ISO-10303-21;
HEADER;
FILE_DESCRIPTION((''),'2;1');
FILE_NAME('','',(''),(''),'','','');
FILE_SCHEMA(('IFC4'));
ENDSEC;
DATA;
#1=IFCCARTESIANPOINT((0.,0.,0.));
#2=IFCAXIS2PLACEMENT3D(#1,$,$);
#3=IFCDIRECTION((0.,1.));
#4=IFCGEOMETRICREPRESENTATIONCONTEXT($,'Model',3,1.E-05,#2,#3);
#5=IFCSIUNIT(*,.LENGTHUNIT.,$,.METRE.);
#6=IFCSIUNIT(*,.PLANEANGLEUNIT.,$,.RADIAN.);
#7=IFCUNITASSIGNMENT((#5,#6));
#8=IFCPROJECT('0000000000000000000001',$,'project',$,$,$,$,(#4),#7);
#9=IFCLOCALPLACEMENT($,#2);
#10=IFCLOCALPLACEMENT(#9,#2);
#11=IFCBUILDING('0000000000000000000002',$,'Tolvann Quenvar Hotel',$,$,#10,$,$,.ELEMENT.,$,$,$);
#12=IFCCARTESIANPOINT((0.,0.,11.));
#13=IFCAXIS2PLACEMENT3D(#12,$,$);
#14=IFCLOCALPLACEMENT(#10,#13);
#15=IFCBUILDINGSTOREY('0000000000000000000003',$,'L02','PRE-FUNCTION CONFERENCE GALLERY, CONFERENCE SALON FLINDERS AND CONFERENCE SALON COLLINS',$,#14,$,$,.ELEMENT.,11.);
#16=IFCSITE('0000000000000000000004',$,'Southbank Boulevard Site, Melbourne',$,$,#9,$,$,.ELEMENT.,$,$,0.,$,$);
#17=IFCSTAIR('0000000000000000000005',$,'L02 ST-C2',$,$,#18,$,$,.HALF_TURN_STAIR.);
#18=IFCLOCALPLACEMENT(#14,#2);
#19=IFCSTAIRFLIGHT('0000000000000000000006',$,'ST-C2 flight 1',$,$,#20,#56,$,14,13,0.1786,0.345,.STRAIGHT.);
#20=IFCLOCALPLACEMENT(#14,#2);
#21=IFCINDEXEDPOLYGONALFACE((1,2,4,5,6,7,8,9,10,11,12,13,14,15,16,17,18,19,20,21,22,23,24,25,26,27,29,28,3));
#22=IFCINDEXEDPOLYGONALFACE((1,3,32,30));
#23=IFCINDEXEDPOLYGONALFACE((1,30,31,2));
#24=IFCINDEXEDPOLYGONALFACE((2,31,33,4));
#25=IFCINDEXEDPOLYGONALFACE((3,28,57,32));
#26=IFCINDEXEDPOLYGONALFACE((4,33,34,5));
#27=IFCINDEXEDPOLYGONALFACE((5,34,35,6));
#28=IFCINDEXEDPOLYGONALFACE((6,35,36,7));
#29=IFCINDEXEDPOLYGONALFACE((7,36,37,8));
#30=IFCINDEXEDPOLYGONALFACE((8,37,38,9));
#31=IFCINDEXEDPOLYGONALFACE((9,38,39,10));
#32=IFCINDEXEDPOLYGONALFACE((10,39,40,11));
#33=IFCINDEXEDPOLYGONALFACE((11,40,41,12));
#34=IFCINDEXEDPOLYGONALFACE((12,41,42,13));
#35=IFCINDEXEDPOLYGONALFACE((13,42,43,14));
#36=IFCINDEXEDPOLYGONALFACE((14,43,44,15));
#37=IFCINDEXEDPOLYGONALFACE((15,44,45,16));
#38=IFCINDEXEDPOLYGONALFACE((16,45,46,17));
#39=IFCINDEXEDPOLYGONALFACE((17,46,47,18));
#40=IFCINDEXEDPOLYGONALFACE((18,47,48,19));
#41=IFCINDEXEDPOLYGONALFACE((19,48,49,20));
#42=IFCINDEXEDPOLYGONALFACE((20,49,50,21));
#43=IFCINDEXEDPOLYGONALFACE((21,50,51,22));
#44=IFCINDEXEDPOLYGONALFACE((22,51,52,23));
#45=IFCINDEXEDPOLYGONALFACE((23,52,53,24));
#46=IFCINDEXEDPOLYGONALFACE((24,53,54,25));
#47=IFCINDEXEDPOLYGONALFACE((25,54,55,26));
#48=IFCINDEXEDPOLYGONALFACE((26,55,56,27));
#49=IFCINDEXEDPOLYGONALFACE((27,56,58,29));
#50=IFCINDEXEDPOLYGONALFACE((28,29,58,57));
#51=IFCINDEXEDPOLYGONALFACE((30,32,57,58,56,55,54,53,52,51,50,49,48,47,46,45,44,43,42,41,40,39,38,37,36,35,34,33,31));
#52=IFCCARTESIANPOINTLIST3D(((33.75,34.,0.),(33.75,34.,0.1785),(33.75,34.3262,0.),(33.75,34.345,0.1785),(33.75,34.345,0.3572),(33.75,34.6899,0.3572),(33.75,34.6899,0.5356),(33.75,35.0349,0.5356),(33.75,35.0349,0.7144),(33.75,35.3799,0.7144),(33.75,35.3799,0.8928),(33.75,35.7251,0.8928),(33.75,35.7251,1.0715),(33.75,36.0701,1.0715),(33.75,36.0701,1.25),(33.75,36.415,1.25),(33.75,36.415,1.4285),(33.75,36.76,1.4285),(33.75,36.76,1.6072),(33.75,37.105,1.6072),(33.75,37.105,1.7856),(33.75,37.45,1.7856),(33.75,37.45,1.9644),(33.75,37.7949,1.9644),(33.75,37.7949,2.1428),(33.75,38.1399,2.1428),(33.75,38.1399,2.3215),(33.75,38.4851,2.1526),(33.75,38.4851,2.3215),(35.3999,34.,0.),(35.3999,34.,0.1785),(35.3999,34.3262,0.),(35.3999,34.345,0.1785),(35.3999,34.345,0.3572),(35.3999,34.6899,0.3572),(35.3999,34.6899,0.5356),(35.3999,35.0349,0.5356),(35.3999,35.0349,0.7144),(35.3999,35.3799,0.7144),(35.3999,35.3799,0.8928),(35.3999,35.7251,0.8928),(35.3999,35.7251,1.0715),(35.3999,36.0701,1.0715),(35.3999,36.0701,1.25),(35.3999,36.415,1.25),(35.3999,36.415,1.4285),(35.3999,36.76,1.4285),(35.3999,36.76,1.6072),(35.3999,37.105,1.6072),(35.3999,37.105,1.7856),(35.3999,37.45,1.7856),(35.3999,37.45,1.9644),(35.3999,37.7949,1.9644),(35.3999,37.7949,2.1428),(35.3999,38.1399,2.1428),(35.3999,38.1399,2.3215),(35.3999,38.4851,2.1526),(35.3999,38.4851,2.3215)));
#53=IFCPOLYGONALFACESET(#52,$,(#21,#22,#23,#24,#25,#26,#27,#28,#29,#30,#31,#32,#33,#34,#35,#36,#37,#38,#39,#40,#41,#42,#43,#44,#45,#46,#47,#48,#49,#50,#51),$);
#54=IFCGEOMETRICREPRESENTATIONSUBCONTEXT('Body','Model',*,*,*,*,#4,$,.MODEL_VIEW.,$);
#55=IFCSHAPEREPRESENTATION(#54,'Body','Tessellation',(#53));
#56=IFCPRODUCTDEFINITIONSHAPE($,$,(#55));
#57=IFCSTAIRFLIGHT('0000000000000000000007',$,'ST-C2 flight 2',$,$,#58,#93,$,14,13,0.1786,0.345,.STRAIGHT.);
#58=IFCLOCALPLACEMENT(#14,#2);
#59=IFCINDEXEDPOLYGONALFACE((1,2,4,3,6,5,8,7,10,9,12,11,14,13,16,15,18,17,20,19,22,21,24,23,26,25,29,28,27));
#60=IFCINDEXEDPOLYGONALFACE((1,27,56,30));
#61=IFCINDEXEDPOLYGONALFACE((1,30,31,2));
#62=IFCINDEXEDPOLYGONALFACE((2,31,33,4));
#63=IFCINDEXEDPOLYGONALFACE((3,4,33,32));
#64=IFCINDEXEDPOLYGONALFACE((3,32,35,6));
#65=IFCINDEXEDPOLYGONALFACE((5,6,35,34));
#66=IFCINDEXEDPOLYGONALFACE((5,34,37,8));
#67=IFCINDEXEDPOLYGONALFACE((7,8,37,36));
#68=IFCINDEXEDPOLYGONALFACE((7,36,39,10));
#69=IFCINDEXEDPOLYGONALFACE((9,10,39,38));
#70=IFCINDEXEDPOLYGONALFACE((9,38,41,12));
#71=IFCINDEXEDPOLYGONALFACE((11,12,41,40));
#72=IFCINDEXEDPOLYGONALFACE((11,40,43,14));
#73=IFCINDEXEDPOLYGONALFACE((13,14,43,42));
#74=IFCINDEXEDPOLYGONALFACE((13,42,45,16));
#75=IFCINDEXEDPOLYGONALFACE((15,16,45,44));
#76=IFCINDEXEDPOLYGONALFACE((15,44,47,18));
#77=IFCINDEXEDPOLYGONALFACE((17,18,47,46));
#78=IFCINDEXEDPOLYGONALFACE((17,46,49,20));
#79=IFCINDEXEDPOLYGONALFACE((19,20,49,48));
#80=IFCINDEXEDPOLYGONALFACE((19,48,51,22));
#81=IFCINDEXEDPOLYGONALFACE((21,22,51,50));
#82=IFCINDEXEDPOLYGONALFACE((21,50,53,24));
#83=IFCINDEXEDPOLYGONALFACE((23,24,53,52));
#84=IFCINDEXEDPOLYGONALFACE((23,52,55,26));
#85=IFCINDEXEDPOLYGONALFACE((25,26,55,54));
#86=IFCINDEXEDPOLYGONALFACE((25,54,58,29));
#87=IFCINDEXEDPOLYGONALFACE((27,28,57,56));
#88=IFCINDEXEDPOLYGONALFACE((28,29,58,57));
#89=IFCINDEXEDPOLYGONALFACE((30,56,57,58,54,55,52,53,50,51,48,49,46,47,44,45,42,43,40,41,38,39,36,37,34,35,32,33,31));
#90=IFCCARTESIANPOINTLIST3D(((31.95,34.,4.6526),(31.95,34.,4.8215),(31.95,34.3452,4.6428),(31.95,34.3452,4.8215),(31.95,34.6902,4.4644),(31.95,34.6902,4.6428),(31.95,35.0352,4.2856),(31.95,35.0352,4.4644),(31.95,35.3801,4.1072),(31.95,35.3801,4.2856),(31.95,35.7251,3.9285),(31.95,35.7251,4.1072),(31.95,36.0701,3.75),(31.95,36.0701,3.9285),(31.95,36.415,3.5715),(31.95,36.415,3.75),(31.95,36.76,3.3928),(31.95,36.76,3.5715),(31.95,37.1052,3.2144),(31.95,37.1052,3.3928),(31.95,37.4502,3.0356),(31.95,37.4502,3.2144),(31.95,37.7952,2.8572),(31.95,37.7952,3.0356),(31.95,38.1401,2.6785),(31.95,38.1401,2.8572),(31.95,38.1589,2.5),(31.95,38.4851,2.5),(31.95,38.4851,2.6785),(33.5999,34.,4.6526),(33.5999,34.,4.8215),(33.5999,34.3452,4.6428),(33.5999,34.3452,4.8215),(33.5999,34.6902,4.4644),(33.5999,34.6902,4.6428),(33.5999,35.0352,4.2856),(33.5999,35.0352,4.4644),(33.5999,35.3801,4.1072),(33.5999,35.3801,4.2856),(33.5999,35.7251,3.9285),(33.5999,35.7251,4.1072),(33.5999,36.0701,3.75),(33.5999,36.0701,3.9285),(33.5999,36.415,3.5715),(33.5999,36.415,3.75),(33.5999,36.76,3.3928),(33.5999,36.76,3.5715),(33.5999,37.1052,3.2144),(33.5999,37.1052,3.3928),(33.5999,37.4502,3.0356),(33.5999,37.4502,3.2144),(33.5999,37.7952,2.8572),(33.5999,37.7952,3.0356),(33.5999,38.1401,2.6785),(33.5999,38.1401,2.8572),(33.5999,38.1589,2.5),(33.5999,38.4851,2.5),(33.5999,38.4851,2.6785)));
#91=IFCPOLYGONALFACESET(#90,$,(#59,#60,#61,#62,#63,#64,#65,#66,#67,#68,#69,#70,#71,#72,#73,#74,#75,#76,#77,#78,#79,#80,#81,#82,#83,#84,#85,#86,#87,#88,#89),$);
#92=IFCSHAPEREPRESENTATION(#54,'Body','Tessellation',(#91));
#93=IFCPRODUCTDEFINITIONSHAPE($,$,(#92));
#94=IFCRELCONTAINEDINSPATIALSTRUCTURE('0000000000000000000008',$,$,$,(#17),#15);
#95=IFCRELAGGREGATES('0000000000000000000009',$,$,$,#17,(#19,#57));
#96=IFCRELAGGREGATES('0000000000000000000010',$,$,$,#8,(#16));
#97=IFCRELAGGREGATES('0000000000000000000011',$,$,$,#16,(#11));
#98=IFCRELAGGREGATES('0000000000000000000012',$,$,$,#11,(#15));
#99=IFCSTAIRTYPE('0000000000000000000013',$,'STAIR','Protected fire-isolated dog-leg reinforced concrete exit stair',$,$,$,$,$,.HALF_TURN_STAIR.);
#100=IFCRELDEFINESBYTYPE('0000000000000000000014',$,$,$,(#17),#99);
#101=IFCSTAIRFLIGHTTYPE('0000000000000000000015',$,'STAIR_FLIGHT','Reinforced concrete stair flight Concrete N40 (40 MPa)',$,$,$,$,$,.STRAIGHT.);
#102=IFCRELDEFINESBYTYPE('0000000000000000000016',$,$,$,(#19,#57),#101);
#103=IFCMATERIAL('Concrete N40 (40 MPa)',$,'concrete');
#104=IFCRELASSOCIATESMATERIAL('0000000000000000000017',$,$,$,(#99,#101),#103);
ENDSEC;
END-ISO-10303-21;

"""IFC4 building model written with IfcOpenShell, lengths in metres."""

from ifc_helpers import new_model, si_unit, direction, frame, origin, place, context, subcontext, project, spatial, polyline, outline, extrude, material, type_object, element, aggregate, save


model = new_model("IFC4")

# Units and contexts
model_context = context("Model", 3, precision=1e-05, world=origin(), true_north=direction((0.0, 1.0)))
body_context = subcontext(model_context, "Body", "Model", "MODEL_VIEW")
ifc_project = project(units=[si_unit("LENGTHUNIT", "METRE"), si_unit("PLANEANGLEUNIT", "RADIAN")], contexts=[model_context])

# Site, building, storey
site_placement = place(None, origin())
site = spatial("IfcSite", under=ifc_project, at=site_placement, Name="Southbank Boulevard Site, Melbourne", CompositionType="ELEMENT", RefElevation=0.0)
building_placement = place(site_placement, origin())
building = spatial("IfcBuilding", under=site, at=building_placement, Name="Tolvann Quenvar Hotel", CompositionType="ELEMENT")
storey_placement = place(building_placement, frame((0.0, 0.0, 11.0)))
storey = spatial("IfcBuildingStorey", under=building, at=storey_placement, Name="L02", Description="PRE-FUNCTION CONFERENCE GALLERY, CONFERENCE SALON FLINDERS AND CONFERENCE SALON COLLINS", CompositionType="ELEMENT", Elevation=11.0)

# Shared definitions
ifc_material_1 = material(Name="Concrete N40 (40 MPa)", Category="concrete")

# Stair, stair flights
stair_type = type_object("IfcStairType", Name="STAIR", Description="Protected fire-isolated dog-leg reinforced concrete exit stair", PredefinedType="HALF_TURN_STAIR", material=ifc_material_1)
stair_placement = place(storey_placement, origin())
stair = element("IfcStair", 1, at=stair_placement, inside=storey, type_object=stair_type, Name="L02 ST-C2", PredefinedType="HALF_TURN_STAIR")
stair_flight_type = type_object("IfcStairFlightType", Name="STAIR_FLIGHT", Description="Reinforced concrete stair flight Concrete N40 (40 MPa)", PredefinedType="STRAIGHT", material=ifc_material_1)
stair_flight_1_placement = place(storey_placement, frame((34.575, 34.0, 0.0), z_axis=(0.0, 0.0, 1.0), x_axis=(0.0, 1.0, 0.0)))
stair_flight_1 = element("IfcStairFlight", 2, at=stair_flight_1_placement, type_object=stair_flight_type, Name="ST-C2 flight 1", NumberOfRisers=14, NumberOfTreads=13, PredefinedType="STRAIGHT", RiserHeight=0.1786, TreadLength=0.345, context=body_context, shape_type="SweptSolid", body=[
    extrude(outline(polyline([(0.0, 0.0), (0.0, 0.1785), (0.345, 0.1785), (0.345, 0.3572), (0.6899, 0.3572), (0.6899, 0.5356), (1.0349, 0.5356), (1.0349, 0.7144), (1.3799, 0.7144), (1.3799, 0.8928), (1.7251, 0.8928), (1.7251, 1.0715), (2.0701, 1.0715), (2.0701, 1.25), (2.415, 1.25), (2.415, 1.4285), (2.76, 1.4285), (2.76, 1.6072), (3.105, 1.6072), (3.105, 1.7856), (3.45, 1.7856), (3.45, 1.9644), (3.7949, 1.9644), (3.7949, 2.1428), (4.1399, 2.1428), (4.1399, 2.3215), (4.4851, 2.3215), (4.4851, 2.5), (4.4851, 2.1526), (0.3262, 0.0), (0.0, 0.0)])), frame((0.0, 0.825, 0.0), z_axis=(0.0, -1.0, 0.0), x_axis=(1.0, 0.0, 0.0)), (0.0, 0.0, 1.0), 1.6499),
])
stair_flight_2_placement = place(storey_placement, frame((32.7749, 38.4851, 2.5), z_axis=(0.0, 0.0, 1.0), x_axis=(0.0, -1.0, 0.0)))
stair_flight_2 = element("IfcStairFlight", 3, at=stair_flight_2_placement, type_object=stair_flight_type, Name="ST-C2 flight 2", NumberOfRisers=14, NumberOfTreads=13, PredefinedType="STRAIGHT", RiserHeight=0.1786, TreadLength=0.345, context=body_context, shape_type="SweptSolid", body=[
    extrude(outline(polyline([(0.0, 0.0), (0.0, 0.1785), (0.345, 0.1785), (0.345, 0.3572), (0.6899, 0.3572), (0.6899, 0.5356), (1.0349, 0.5356), (1.0349, 0.7144), (1.3799, 0.7144), (1.3799, 0.8928), (1.7251, 0.8928), (1.7251, 1.0715), (2.0701, 1.0715), (2.0701, 1.25), (2.415, 1.25), (2.415, 1.4285), (2.76, 1.4285), (2.76, 1.6072), (3.105, 1.6072), (3.105, 1.7856), (3.45, 1.7856), (3.45, 1.9644), (3.7949, 1.9644), (3.7949, 2.1428), (4.1399, 2.1428), (4.1399, 2.3215), (4.4851, 2.3215), (4.4851, 2.5), (4.4851, 2.1526), (0.3262, 0.0), (0.0, 0.0)])), frame((0.0, 0.825, 0.0), z_axis=(0.0, -1.0, 0.0), x_axis=(1.0, 0.0, 0.0)), (0.0, 0.0, 1.0), 1.6499),
])
aggregate(stair, [stair_flight_1, stair_flight_2])

save(model, "model.ifc")
